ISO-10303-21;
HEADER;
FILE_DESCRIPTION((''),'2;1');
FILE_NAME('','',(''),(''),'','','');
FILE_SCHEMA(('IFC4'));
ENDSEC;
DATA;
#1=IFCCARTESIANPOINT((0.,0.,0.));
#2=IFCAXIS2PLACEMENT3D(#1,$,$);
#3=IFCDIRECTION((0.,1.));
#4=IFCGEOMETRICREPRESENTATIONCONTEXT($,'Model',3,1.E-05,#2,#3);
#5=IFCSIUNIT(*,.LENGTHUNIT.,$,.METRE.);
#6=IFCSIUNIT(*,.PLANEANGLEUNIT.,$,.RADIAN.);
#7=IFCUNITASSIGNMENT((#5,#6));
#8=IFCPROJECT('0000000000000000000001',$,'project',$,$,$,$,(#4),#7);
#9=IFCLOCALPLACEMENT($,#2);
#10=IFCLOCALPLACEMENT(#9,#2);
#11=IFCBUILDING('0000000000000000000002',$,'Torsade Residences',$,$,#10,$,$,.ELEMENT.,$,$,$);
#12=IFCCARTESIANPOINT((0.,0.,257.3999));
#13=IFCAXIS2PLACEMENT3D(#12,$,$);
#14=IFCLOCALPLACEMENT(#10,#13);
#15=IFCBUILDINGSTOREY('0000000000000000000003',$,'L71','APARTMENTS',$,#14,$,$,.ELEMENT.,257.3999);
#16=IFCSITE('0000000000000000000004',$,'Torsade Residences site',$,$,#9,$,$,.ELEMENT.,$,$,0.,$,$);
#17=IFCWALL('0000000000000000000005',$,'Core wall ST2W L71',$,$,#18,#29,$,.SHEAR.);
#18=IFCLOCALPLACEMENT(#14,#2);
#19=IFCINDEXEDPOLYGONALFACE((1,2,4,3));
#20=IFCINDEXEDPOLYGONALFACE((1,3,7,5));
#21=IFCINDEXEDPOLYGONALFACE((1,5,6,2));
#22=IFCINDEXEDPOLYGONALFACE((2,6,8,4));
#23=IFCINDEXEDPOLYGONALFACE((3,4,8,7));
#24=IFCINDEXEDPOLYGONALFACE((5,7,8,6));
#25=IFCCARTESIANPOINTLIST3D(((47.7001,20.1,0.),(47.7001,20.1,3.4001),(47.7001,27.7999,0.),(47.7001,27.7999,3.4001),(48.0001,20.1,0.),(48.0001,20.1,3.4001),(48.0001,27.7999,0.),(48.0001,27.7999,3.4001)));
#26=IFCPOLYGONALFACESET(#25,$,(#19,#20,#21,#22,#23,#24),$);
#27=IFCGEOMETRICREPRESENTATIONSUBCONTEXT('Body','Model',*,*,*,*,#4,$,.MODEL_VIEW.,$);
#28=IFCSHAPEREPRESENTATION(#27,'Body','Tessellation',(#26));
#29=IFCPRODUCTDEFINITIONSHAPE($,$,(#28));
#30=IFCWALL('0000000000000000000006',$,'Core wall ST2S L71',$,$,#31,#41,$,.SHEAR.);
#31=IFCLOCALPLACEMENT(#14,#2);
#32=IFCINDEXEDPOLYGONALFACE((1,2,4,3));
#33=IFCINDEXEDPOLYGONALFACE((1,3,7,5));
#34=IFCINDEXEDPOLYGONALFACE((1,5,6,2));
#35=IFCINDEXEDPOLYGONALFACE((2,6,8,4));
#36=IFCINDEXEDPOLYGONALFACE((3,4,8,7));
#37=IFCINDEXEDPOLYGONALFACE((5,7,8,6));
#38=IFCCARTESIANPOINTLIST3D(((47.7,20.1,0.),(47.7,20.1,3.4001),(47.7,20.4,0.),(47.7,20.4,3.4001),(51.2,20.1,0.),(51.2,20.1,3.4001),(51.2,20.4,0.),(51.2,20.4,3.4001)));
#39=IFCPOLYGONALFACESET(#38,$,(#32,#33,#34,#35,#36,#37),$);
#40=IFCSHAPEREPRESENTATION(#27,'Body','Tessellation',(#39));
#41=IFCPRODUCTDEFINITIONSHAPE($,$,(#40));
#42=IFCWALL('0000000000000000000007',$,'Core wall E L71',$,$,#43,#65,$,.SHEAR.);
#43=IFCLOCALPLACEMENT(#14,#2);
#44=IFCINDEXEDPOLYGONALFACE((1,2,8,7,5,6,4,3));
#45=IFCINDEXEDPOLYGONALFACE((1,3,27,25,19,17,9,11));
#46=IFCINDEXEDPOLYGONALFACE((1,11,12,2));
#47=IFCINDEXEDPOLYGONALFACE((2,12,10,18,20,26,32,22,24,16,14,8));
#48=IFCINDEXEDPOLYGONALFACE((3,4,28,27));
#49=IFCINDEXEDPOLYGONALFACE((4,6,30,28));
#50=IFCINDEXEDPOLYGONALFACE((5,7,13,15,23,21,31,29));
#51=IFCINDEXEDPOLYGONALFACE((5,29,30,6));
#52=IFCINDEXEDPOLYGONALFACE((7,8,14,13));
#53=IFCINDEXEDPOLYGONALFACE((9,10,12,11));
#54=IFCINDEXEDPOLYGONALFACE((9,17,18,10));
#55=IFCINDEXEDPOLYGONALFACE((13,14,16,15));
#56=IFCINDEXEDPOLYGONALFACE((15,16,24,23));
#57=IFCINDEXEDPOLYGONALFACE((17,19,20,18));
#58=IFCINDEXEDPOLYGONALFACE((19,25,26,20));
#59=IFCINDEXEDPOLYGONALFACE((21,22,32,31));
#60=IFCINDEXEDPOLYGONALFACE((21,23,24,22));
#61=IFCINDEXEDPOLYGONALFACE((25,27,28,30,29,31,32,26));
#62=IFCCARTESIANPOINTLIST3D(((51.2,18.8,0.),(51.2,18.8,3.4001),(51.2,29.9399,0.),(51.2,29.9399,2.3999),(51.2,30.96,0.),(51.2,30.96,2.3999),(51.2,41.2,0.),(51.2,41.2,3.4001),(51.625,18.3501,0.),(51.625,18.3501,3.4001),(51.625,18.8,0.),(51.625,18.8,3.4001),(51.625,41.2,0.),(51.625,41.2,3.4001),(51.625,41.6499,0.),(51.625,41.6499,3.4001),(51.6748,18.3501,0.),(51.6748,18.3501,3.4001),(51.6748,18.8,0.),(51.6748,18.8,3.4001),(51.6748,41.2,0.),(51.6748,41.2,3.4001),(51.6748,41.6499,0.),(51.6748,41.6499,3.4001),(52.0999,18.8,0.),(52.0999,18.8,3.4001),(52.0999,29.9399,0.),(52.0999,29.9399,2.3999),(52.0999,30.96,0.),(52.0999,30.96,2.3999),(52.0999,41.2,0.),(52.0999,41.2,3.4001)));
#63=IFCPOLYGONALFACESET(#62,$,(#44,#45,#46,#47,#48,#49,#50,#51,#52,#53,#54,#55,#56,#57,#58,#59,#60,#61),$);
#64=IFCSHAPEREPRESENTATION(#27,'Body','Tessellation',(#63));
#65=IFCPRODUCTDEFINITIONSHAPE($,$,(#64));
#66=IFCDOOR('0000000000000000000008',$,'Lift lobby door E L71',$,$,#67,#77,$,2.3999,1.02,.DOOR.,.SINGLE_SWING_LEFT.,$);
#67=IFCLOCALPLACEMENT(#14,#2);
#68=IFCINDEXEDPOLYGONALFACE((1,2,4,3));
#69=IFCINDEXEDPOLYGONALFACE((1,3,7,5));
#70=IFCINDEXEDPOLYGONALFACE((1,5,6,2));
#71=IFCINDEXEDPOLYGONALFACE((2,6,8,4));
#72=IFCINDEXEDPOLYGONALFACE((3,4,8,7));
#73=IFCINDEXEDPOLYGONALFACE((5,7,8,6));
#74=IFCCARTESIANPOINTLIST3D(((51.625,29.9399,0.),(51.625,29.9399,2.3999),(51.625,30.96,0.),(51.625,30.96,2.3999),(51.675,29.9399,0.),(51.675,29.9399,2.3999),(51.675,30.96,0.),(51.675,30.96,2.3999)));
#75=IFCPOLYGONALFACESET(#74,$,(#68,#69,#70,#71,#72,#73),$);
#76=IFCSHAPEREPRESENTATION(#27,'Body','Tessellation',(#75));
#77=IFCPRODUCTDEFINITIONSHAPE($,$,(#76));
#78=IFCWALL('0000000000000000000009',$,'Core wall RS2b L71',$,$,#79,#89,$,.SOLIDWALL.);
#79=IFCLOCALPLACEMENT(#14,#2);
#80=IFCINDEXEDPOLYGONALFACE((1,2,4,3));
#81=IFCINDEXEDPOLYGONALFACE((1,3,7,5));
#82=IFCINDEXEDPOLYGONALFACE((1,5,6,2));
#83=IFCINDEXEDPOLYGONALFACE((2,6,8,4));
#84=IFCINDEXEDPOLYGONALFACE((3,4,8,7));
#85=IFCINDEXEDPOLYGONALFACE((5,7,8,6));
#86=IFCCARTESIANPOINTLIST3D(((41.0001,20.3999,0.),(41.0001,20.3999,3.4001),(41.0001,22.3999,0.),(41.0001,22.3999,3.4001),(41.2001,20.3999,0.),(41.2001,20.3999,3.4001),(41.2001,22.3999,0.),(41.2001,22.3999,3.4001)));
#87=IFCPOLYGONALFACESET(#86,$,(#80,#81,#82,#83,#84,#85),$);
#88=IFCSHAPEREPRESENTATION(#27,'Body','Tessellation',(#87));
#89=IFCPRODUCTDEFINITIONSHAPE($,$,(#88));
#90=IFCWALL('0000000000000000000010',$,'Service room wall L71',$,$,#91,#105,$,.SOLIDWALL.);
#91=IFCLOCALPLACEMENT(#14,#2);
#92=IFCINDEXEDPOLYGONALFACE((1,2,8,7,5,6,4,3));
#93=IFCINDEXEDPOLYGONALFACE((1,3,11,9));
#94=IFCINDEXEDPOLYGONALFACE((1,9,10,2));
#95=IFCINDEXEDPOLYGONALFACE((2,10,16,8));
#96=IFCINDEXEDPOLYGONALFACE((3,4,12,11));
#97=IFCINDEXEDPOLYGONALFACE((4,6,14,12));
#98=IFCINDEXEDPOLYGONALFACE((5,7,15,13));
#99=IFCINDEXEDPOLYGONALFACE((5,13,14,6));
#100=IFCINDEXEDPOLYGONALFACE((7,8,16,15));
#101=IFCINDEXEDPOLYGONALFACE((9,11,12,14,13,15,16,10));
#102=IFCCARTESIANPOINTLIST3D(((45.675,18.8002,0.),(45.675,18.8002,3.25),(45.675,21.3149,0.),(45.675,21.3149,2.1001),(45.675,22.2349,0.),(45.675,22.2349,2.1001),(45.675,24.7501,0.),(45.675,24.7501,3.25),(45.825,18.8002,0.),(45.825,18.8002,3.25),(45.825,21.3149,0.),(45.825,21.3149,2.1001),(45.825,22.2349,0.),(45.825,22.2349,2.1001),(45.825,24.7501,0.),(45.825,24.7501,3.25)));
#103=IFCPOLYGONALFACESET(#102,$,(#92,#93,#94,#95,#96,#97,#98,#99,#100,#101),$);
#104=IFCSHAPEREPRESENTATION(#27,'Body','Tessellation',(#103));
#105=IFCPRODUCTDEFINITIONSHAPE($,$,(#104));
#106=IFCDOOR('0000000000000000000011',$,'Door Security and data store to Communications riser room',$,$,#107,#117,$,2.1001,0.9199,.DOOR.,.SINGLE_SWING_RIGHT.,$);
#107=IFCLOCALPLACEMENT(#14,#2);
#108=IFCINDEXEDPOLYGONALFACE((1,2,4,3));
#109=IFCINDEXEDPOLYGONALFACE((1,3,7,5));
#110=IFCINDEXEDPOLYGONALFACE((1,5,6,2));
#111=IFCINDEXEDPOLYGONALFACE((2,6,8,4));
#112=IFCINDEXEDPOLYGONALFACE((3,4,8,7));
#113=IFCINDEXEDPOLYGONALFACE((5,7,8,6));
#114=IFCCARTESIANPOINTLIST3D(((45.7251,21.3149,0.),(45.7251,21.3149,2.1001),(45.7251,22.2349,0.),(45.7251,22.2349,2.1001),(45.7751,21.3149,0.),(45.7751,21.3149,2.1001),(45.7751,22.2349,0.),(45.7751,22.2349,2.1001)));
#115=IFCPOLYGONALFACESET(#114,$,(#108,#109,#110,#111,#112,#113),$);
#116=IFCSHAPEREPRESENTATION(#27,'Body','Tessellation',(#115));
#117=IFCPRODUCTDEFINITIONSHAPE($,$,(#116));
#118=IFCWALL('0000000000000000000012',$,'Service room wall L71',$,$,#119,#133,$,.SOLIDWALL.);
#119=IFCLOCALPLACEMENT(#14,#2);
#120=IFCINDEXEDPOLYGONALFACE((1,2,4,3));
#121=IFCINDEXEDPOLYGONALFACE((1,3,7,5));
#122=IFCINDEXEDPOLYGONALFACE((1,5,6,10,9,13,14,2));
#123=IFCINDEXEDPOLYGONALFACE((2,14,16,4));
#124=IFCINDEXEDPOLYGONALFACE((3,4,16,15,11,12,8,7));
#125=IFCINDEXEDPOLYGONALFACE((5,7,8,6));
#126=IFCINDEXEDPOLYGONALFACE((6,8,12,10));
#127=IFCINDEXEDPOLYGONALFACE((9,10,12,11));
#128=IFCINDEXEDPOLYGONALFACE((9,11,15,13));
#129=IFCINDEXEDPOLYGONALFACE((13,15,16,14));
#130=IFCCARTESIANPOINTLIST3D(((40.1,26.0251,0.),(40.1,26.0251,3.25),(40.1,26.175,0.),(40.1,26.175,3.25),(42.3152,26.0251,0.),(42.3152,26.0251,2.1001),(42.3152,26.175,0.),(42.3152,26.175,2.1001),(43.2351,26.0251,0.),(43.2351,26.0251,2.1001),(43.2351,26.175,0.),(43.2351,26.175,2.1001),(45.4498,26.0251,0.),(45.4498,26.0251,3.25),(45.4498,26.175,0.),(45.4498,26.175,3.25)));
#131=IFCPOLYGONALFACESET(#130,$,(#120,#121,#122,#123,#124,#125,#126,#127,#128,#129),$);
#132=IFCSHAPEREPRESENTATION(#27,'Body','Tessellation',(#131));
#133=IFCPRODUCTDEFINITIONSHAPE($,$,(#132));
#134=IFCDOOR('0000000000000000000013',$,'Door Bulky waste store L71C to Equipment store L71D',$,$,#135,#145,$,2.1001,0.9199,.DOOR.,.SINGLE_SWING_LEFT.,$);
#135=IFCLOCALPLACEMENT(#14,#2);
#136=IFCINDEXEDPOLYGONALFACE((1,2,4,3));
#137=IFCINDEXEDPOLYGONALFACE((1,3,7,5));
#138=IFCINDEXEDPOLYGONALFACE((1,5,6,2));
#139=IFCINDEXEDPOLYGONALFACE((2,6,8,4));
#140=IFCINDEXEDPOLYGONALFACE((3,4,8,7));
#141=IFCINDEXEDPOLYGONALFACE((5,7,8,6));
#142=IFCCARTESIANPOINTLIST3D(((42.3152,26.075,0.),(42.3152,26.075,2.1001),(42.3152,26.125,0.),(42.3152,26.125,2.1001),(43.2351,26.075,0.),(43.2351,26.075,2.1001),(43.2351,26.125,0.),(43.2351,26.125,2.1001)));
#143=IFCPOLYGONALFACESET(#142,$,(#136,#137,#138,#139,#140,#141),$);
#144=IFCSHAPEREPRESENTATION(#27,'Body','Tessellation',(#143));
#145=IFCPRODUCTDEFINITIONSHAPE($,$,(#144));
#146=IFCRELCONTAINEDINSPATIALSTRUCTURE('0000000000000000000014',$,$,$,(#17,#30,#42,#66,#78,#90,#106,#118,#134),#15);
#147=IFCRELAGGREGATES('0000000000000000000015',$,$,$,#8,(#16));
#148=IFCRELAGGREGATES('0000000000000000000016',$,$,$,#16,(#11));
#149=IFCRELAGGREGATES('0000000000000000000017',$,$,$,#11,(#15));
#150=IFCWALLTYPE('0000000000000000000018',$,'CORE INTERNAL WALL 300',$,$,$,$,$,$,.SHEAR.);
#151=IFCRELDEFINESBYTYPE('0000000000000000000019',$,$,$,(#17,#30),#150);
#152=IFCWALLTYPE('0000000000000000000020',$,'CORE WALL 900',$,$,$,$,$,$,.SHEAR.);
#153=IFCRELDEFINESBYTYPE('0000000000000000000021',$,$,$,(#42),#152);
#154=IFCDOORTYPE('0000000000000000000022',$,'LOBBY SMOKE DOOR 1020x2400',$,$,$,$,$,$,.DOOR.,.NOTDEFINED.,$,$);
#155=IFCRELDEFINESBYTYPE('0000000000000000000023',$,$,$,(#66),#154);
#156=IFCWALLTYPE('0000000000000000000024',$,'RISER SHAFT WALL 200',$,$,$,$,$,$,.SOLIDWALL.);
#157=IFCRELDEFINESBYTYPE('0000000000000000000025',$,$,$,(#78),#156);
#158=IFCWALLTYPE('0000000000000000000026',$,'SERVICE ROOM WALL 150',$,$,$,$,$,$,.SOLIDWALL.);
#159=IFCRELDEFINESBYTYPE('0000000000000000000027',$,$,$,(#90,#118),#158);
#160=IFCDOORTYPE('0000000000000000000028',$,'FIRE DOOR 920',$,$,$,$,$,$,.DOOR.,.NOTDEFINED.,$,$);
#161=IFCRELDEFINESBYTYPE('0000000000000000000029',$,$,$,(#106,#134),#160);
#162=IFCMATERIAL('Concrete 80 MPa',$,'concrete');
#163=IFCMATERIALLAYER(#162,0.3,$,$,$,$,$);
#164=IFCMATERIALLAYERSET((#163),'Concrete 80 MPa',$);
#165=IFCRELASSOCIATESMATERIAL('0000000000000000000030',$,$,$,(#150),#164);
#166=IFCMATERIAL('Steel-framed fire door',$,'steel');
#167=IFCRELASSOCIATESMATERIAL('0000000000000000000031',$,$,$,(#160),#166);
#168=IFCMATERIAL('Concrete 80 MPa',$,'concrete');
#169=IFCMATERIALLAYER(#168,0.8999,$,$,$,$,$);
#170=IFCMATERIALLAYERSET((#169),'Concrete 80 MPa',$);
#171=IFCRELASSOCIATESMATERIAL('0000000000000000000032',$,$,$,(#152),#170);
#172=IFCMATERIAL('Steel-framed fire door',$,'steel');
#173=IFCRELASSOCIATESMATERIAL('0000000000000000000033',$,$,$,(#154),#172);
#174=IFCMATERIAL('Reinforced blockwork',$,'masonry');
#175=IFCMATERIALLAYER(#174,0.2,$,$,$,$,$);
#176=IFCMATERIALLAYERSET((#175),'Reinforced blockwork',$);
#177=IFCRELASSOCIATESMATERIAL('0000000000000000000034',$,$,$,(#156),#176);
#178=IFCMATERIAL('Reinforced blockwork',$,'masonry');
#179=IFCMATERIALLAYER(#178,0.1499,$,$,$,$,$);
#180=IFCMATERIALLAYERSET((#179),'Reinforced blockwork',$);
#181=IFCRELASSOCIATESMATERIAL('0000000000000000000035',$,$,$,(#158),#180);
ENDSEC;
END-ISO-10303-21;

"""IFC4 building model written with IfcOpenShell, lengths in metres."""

from ifc_helpers import new_model, si_unit, direction, frame, frame_2d, origin, place, context, subcontext, project, spatial, polyline, rectangle, outline, extrude, material, layer, layer_set, type_object, element, fill, save


model = new_model("IFC4")

# Units and contexts
model_context = context("Model", 3, precision=1e-05, world=origin(), true_north=direction((0.0, 1.0)))
body_context = subcontext(model_context, "Body", "Model", "MODEL_VIEW")
ifc_project = project(units=[si_unit("LENGTHUNIT", "METRE"), si_unit("PLANEANGLEUNIT", "RADIAN")], contexts=[model_context])

# Site, building, storey
site_placement = place(None, origin())
site = spatial("IfcSite", under=ifc_project, at=site_placement, Name="Torsade Residences site", CompositionType="ELEMENT", RefElevation=0.0)
building_placement = place(site_placement, origin())
building = spatial("IfcBuilding", under=site, at=building_placement, Name="Torsade Residences", CompositionType="ELEMENT")
storey_placement = place(building_placement, frame((0.0, 0.0, 257.3999)))
storey = spatial("IfcBuildingStorey", under=building, at=storey_placement, Name="L71", Description="APARTMENTS", CompositionType="ELEMENT", Elevation=257.3999)

# Shared definitions
ifc_material_1 = material(Name="Concrete 80 MPa", Category="concrete")
ifc_layer_1 = layer(ifc_material_1, 0.3)
ifc_layer_set_1 = layer_set([ifc_layer_1], Name="Concrete 80 MPa")
wall_type_1 = type_object("IfcWallType", Name="CORE INTERNAL WALL 300", PredefinedType="SHEAR", material=ifc_layer_set_1)
ifc_material_2 = material(Name="Steel-framed fire door", Category="steel")
door_type_1 = type_object("IfcDoorType", Name="FIRE DOOR 920", OperationType="NOTDEFINED", PredefinedType="DOOR", material=ifc_material_2)

# Walls
wall_1_placement = place(storey_placement, frame((47.8501, 27.8, 0.0), z_axis=(0.0, 0.0, 1.0), x_axis=(0.0, -1.0, 0.0)))
element("IfcWall", 1, at=wall_1_placement, inside=storey, type_object=wall_type_1, Name="Core wall ST2W L71", PredefinedType="SHEAR", context=body_context, shape_type="SweptSolid", body=[
    extrude(rectangle(XDim=7.7, YDim=0.3, at=frame_2d((3.8501, 0.0))), origin(), (0.0, 0.0, 1.0), 3.4001),
])
wall_2_placement = place(storey_placement, frame((51.2, 20.25, 0.0), z_axis=(0.0, 0.0, 1.0), x_axis=(-1.0, 0.0, 0.0)))
element("IfcWall", 2, at=wall_2_placement, inside=storey, type_object=wall_type_1, Name="Core wall ST2S L71", PredefinedType="SHEAR", context=body_context, shape_type="SweptSolid", body=[
    extrude(rectangle(XDim=3.5, YDim=0.3, at=frame_2d((1.75, 0.0))), origin(), (0.0, 0.0, 1.0), 3.4001),
])

# Wall, opening, door
ifc_material_3 = material(Name="Concrete 80 MPa", Category="concrete")
ifc_layer_2 = layer(ifc_material_3, 0.8999)
ifc_layer_set_2 = layer_set([ifc_layer_2], Name="Concrete 80 MPa")
wall_type_2 = type_object("IfcWallType", Name="CORE WALL 900", PredefinedType="SHEAR", material=ifc_layer_set_2)
wall_3_placement = place(storey_placement, frame((51.6499, 18.8, 0.0), z_axis=(0.0, 0.0, 1.0), x_axis=(0.0, 1.0, 0.0)))
wall_3 = element("IfcWall", 3, at=wall_3_placement, inside=storey, type_object=wall_type_2, Name="Core wall E L71", PredefinedType="SHEAR", context=body_context, shape_type="SweptSolid", body=[
    extrude(outline(polyline([(0.0, -0.45), (22.3999, -0.45), (22.3999, -0.0249), (22.8499, -0.0249), (22.8499, 0.0249), (22.3999, 0.0249), (22.3999, 0.45), (0.0, 0.45), (0.0, 0.0249), (-0.45, 0.0249), (-0.45, -0.0249), (0.0, -0.0249), (0.0, -0.45)])), origin(), (0.0, 0.0, 1.0), 3.4001),
])
opening_1_placement = place(wall_3_placement, frame((11.1399, 0.0, 0.0)))
opening_1 = element("IfcOpeningElement", 4, at=opening_1_placement, cuts=wall_3, PredefinedType="OPENING", context=body_context, shape_type="SweptSolid", body=[
    extrude(rectangle(XDim=1.02, YDim=2.3999, at=frame_2d((0.51, 1.2))), frame((0.0, 0.46, 0.0), z_axis=(0.0, -1.0, 0.0), x_axis=(1.0, 0.0, 0.0)), (0.0, 0.0, 1.0), 0.9199),
])
ifc_material_4 = material(Name="Steel-framed fire door", Category="steel")
door_type_2 = type_object("IfcDoorType", Name="LOBBY SMOKE DOOR 1020x2400", OperationType="NOTDEFINED", PredefinedType="DOOR", material=ifc_material_4)
door_1_placement = place(opening_1_placement, origin())
door_1 = element("IfcDoor", 5, at=door_1_placement, inside=storey, type_object=door_type_2, Name="Lift lobby door E L71", OperationType="SINGLE_SWING_LEFT", OverallHeight=2.3999, OverallWidth=1.02, PredefinedType="DOOR", context=body_context, shape_type="SweptSolid", body=[
    extrude(rectangle(XDim=1.02, YDim=2.3999, at=frame_2d((0.51, 1.2))), frame((0.0, 0.0249, 0.0), z_axis=(0.0, -1.0, 0.0), x_axis=(1.0, 0.0, 0.0)), (0.0, 0.0, 1.0), 0.05),
])
fill(opening_1, door_1)

# Wall
ifc_material_5 = material(Name="Reinforced blockwork", Category="masonry")
ifc_layer_3 = layer(ifc_material_5, 0.2)
ifc_layer_set_3 = layer_set([ifc_layer_3], Name="Reinforced blockwork")
wall_type_3 = type_object("IfcWallType", Name="RISER SHAFT WALL 200", PredefinedType="SOLIDWALL", material=ifc_layer_set_3)
wall_4_placement = place(storey_placement, frame((41.1001, 22.3999, 0.0), z_axis=(0.0, 0.0, 1.0), x_axis=(0.0, -1.0, 0.0)))
element("IfcWall", 6, at=wall_4_placement, inside=storey, type_object=wall_type_3, Name="Core wall RS2b L71", PredefinedType="SOLIDWALL", context=body_context, shape_type="SweptSolid", body=[
    extrude(rectangle(XDim=2.0, YDim=0.2, at=frame_2d((1.0, 0.0))), origin(), (0.0, 0.0, 1.0), 3.4001),
])

# Walls, openings, doors
ifc_material_6 = material(Name="Reinforced blockwork", Category="masonry")
ifc_layer_4 = layer(ifc_material_6, 0.1499)
ifc_layer_set_4 = layer_set([ifc_layer_4], Name="Reinforced blockwork")
wall_type_4 = type_object("IfcWallType", Name="SERVICE ROOM WALL 150", PredefinedType="SOLIDWALL", material=ifc_layer_set_4)
wall_5_placement = place(storey_placement, frame((45.75, 18.8, 0.0), z_axis=(0.0, 0.0, 1.0), x_axis=(0.0, 1.0, 0.0)))
wall_5 = element("IfcWall", 7, at=wall_5_placement, inside=storey, type_object=wall_type_4, Name="Service room wall L71", PredefinedType="SOLIDWALL", context=body_context, shape_type="SweptSolid", body=[
    extrude(rectangle(XDim=5.95, YDim=0.1499, at=frame_2d((2.9751, 0.0))), origin(), (0.0, 0.0, 1.0), 3.25),
])
opening_2_placement = place(wall_5_placement, frame((2.5149, 0.0, 0.0)))
opening_2 = element("IfcOpeningElement", 8, at=opening_2_placement, cuts=wall_5, PredefinedType="OPENING", context=body_context, shape_type="SweptSolid", body=[
    extrude(rectangle(XDim=0.9199, YDim=2.1001, at=frame_2d((0.46, 1.05))), frame((0.0, 0.085, 0.0), z_axis=(0.0, -1.0, 0.0), x_axis=(1.0, 0.0, 0.0)), (0.0, 0.0, 1.0), 0.1699),
])
door_2_placement = place(opening_2_placement, origin())
door_2 = element("IfcDoor", 9, at=door_2_placement, inside=storey, type_object=door_type_1, Name="Door Security and data store to Communications riser room", OperationType="SINGLE_SWING_RIGHT", OverallHeight=2.1001, OverallWidth=0.9199, PredefinedType="DOOR", context=body_context, shape_type="SweptSolid", body=[
    extrude(rectangle(XDim=0.9199, YDim=2.1001, at=frame_2d((0.46, 1.05))), frame((0.0, 0.0249, 0.0), z_axis=(0.0, -1.0, 0.0), x_axis=(1.0, 0.0, 0.0)), (0.0, 0.0, 1.0), 0.05),
])
fill(opening_2, door_2)
wall_6_placement = place(storey_placement, frame((40.1001, 26.1001, 0.0), z_axis=(0.0, 0.0, 1.0), x_axis=(1.0, 0.0, 0.0)))
wall_6 = element("IfcWall", 10, at=wall_6_placement, inside=storey, type_object=wall_type_4, Name="Service room wall L71", PredefinedType="SOLIDWALL", context=body_context, shape_type="SweptSolid", body=[
    extrude(rectangle(XDim=5.3499, YDim=0.1499, at=frame_2d((2.6748, 0.0))), origin(), (0.0, 0.0, 1.0), 3.25),
])
opening_3_placement = place(wall_6_placement, frame((2.2151, 0.0, 0.0)))
opening_3 = element("IfcOpeningElement", 11, at=opening_3_placement, cuts=wall_6, PredefinedType="OPENING", context=body_context, shape_type="SweptSolid", body=[
    extrude(rectangle(XDim=0.9199, YDim=2.1001, at=frame_2d((0.46, 1.05))), frame((0.0, 0.085, 0.0), z_axis=(0.0, -1.0, 0.0), x_axis=(1.0, 0.0, 0.0)), (0.0, 0.0, 1.0), 0.1699),
])
door_3_placement = place(opening_3_placement, origin())
door_3 = element("IfcDoor", 12, at=door_3_placement, inside=storey, type_object=door_type_1, Name="Door Bulky waste store L71C to Equipment store L71D", OperationType="SINGLE_SWING_LEFT", OverallHeight=2.1001, OverallWidth=0.9199, PredefinedType="DOOR", context=body_context, shape_type="SweptSolid", body=[
    extrude(rectangle(XDim=0.9199, YDim=2.1001, at=frame_2d((0.46, 1.05))), frame((0.0, 0.0249, 0.0), z_axis=(0.0, -1.0, 0.0), x_axis=(1.0, 0.0, 0.0)), (0.0, 0.0, 1.0), 0.05),
])
fill(opening_3, door_3)

save(model, "model.ifc")
